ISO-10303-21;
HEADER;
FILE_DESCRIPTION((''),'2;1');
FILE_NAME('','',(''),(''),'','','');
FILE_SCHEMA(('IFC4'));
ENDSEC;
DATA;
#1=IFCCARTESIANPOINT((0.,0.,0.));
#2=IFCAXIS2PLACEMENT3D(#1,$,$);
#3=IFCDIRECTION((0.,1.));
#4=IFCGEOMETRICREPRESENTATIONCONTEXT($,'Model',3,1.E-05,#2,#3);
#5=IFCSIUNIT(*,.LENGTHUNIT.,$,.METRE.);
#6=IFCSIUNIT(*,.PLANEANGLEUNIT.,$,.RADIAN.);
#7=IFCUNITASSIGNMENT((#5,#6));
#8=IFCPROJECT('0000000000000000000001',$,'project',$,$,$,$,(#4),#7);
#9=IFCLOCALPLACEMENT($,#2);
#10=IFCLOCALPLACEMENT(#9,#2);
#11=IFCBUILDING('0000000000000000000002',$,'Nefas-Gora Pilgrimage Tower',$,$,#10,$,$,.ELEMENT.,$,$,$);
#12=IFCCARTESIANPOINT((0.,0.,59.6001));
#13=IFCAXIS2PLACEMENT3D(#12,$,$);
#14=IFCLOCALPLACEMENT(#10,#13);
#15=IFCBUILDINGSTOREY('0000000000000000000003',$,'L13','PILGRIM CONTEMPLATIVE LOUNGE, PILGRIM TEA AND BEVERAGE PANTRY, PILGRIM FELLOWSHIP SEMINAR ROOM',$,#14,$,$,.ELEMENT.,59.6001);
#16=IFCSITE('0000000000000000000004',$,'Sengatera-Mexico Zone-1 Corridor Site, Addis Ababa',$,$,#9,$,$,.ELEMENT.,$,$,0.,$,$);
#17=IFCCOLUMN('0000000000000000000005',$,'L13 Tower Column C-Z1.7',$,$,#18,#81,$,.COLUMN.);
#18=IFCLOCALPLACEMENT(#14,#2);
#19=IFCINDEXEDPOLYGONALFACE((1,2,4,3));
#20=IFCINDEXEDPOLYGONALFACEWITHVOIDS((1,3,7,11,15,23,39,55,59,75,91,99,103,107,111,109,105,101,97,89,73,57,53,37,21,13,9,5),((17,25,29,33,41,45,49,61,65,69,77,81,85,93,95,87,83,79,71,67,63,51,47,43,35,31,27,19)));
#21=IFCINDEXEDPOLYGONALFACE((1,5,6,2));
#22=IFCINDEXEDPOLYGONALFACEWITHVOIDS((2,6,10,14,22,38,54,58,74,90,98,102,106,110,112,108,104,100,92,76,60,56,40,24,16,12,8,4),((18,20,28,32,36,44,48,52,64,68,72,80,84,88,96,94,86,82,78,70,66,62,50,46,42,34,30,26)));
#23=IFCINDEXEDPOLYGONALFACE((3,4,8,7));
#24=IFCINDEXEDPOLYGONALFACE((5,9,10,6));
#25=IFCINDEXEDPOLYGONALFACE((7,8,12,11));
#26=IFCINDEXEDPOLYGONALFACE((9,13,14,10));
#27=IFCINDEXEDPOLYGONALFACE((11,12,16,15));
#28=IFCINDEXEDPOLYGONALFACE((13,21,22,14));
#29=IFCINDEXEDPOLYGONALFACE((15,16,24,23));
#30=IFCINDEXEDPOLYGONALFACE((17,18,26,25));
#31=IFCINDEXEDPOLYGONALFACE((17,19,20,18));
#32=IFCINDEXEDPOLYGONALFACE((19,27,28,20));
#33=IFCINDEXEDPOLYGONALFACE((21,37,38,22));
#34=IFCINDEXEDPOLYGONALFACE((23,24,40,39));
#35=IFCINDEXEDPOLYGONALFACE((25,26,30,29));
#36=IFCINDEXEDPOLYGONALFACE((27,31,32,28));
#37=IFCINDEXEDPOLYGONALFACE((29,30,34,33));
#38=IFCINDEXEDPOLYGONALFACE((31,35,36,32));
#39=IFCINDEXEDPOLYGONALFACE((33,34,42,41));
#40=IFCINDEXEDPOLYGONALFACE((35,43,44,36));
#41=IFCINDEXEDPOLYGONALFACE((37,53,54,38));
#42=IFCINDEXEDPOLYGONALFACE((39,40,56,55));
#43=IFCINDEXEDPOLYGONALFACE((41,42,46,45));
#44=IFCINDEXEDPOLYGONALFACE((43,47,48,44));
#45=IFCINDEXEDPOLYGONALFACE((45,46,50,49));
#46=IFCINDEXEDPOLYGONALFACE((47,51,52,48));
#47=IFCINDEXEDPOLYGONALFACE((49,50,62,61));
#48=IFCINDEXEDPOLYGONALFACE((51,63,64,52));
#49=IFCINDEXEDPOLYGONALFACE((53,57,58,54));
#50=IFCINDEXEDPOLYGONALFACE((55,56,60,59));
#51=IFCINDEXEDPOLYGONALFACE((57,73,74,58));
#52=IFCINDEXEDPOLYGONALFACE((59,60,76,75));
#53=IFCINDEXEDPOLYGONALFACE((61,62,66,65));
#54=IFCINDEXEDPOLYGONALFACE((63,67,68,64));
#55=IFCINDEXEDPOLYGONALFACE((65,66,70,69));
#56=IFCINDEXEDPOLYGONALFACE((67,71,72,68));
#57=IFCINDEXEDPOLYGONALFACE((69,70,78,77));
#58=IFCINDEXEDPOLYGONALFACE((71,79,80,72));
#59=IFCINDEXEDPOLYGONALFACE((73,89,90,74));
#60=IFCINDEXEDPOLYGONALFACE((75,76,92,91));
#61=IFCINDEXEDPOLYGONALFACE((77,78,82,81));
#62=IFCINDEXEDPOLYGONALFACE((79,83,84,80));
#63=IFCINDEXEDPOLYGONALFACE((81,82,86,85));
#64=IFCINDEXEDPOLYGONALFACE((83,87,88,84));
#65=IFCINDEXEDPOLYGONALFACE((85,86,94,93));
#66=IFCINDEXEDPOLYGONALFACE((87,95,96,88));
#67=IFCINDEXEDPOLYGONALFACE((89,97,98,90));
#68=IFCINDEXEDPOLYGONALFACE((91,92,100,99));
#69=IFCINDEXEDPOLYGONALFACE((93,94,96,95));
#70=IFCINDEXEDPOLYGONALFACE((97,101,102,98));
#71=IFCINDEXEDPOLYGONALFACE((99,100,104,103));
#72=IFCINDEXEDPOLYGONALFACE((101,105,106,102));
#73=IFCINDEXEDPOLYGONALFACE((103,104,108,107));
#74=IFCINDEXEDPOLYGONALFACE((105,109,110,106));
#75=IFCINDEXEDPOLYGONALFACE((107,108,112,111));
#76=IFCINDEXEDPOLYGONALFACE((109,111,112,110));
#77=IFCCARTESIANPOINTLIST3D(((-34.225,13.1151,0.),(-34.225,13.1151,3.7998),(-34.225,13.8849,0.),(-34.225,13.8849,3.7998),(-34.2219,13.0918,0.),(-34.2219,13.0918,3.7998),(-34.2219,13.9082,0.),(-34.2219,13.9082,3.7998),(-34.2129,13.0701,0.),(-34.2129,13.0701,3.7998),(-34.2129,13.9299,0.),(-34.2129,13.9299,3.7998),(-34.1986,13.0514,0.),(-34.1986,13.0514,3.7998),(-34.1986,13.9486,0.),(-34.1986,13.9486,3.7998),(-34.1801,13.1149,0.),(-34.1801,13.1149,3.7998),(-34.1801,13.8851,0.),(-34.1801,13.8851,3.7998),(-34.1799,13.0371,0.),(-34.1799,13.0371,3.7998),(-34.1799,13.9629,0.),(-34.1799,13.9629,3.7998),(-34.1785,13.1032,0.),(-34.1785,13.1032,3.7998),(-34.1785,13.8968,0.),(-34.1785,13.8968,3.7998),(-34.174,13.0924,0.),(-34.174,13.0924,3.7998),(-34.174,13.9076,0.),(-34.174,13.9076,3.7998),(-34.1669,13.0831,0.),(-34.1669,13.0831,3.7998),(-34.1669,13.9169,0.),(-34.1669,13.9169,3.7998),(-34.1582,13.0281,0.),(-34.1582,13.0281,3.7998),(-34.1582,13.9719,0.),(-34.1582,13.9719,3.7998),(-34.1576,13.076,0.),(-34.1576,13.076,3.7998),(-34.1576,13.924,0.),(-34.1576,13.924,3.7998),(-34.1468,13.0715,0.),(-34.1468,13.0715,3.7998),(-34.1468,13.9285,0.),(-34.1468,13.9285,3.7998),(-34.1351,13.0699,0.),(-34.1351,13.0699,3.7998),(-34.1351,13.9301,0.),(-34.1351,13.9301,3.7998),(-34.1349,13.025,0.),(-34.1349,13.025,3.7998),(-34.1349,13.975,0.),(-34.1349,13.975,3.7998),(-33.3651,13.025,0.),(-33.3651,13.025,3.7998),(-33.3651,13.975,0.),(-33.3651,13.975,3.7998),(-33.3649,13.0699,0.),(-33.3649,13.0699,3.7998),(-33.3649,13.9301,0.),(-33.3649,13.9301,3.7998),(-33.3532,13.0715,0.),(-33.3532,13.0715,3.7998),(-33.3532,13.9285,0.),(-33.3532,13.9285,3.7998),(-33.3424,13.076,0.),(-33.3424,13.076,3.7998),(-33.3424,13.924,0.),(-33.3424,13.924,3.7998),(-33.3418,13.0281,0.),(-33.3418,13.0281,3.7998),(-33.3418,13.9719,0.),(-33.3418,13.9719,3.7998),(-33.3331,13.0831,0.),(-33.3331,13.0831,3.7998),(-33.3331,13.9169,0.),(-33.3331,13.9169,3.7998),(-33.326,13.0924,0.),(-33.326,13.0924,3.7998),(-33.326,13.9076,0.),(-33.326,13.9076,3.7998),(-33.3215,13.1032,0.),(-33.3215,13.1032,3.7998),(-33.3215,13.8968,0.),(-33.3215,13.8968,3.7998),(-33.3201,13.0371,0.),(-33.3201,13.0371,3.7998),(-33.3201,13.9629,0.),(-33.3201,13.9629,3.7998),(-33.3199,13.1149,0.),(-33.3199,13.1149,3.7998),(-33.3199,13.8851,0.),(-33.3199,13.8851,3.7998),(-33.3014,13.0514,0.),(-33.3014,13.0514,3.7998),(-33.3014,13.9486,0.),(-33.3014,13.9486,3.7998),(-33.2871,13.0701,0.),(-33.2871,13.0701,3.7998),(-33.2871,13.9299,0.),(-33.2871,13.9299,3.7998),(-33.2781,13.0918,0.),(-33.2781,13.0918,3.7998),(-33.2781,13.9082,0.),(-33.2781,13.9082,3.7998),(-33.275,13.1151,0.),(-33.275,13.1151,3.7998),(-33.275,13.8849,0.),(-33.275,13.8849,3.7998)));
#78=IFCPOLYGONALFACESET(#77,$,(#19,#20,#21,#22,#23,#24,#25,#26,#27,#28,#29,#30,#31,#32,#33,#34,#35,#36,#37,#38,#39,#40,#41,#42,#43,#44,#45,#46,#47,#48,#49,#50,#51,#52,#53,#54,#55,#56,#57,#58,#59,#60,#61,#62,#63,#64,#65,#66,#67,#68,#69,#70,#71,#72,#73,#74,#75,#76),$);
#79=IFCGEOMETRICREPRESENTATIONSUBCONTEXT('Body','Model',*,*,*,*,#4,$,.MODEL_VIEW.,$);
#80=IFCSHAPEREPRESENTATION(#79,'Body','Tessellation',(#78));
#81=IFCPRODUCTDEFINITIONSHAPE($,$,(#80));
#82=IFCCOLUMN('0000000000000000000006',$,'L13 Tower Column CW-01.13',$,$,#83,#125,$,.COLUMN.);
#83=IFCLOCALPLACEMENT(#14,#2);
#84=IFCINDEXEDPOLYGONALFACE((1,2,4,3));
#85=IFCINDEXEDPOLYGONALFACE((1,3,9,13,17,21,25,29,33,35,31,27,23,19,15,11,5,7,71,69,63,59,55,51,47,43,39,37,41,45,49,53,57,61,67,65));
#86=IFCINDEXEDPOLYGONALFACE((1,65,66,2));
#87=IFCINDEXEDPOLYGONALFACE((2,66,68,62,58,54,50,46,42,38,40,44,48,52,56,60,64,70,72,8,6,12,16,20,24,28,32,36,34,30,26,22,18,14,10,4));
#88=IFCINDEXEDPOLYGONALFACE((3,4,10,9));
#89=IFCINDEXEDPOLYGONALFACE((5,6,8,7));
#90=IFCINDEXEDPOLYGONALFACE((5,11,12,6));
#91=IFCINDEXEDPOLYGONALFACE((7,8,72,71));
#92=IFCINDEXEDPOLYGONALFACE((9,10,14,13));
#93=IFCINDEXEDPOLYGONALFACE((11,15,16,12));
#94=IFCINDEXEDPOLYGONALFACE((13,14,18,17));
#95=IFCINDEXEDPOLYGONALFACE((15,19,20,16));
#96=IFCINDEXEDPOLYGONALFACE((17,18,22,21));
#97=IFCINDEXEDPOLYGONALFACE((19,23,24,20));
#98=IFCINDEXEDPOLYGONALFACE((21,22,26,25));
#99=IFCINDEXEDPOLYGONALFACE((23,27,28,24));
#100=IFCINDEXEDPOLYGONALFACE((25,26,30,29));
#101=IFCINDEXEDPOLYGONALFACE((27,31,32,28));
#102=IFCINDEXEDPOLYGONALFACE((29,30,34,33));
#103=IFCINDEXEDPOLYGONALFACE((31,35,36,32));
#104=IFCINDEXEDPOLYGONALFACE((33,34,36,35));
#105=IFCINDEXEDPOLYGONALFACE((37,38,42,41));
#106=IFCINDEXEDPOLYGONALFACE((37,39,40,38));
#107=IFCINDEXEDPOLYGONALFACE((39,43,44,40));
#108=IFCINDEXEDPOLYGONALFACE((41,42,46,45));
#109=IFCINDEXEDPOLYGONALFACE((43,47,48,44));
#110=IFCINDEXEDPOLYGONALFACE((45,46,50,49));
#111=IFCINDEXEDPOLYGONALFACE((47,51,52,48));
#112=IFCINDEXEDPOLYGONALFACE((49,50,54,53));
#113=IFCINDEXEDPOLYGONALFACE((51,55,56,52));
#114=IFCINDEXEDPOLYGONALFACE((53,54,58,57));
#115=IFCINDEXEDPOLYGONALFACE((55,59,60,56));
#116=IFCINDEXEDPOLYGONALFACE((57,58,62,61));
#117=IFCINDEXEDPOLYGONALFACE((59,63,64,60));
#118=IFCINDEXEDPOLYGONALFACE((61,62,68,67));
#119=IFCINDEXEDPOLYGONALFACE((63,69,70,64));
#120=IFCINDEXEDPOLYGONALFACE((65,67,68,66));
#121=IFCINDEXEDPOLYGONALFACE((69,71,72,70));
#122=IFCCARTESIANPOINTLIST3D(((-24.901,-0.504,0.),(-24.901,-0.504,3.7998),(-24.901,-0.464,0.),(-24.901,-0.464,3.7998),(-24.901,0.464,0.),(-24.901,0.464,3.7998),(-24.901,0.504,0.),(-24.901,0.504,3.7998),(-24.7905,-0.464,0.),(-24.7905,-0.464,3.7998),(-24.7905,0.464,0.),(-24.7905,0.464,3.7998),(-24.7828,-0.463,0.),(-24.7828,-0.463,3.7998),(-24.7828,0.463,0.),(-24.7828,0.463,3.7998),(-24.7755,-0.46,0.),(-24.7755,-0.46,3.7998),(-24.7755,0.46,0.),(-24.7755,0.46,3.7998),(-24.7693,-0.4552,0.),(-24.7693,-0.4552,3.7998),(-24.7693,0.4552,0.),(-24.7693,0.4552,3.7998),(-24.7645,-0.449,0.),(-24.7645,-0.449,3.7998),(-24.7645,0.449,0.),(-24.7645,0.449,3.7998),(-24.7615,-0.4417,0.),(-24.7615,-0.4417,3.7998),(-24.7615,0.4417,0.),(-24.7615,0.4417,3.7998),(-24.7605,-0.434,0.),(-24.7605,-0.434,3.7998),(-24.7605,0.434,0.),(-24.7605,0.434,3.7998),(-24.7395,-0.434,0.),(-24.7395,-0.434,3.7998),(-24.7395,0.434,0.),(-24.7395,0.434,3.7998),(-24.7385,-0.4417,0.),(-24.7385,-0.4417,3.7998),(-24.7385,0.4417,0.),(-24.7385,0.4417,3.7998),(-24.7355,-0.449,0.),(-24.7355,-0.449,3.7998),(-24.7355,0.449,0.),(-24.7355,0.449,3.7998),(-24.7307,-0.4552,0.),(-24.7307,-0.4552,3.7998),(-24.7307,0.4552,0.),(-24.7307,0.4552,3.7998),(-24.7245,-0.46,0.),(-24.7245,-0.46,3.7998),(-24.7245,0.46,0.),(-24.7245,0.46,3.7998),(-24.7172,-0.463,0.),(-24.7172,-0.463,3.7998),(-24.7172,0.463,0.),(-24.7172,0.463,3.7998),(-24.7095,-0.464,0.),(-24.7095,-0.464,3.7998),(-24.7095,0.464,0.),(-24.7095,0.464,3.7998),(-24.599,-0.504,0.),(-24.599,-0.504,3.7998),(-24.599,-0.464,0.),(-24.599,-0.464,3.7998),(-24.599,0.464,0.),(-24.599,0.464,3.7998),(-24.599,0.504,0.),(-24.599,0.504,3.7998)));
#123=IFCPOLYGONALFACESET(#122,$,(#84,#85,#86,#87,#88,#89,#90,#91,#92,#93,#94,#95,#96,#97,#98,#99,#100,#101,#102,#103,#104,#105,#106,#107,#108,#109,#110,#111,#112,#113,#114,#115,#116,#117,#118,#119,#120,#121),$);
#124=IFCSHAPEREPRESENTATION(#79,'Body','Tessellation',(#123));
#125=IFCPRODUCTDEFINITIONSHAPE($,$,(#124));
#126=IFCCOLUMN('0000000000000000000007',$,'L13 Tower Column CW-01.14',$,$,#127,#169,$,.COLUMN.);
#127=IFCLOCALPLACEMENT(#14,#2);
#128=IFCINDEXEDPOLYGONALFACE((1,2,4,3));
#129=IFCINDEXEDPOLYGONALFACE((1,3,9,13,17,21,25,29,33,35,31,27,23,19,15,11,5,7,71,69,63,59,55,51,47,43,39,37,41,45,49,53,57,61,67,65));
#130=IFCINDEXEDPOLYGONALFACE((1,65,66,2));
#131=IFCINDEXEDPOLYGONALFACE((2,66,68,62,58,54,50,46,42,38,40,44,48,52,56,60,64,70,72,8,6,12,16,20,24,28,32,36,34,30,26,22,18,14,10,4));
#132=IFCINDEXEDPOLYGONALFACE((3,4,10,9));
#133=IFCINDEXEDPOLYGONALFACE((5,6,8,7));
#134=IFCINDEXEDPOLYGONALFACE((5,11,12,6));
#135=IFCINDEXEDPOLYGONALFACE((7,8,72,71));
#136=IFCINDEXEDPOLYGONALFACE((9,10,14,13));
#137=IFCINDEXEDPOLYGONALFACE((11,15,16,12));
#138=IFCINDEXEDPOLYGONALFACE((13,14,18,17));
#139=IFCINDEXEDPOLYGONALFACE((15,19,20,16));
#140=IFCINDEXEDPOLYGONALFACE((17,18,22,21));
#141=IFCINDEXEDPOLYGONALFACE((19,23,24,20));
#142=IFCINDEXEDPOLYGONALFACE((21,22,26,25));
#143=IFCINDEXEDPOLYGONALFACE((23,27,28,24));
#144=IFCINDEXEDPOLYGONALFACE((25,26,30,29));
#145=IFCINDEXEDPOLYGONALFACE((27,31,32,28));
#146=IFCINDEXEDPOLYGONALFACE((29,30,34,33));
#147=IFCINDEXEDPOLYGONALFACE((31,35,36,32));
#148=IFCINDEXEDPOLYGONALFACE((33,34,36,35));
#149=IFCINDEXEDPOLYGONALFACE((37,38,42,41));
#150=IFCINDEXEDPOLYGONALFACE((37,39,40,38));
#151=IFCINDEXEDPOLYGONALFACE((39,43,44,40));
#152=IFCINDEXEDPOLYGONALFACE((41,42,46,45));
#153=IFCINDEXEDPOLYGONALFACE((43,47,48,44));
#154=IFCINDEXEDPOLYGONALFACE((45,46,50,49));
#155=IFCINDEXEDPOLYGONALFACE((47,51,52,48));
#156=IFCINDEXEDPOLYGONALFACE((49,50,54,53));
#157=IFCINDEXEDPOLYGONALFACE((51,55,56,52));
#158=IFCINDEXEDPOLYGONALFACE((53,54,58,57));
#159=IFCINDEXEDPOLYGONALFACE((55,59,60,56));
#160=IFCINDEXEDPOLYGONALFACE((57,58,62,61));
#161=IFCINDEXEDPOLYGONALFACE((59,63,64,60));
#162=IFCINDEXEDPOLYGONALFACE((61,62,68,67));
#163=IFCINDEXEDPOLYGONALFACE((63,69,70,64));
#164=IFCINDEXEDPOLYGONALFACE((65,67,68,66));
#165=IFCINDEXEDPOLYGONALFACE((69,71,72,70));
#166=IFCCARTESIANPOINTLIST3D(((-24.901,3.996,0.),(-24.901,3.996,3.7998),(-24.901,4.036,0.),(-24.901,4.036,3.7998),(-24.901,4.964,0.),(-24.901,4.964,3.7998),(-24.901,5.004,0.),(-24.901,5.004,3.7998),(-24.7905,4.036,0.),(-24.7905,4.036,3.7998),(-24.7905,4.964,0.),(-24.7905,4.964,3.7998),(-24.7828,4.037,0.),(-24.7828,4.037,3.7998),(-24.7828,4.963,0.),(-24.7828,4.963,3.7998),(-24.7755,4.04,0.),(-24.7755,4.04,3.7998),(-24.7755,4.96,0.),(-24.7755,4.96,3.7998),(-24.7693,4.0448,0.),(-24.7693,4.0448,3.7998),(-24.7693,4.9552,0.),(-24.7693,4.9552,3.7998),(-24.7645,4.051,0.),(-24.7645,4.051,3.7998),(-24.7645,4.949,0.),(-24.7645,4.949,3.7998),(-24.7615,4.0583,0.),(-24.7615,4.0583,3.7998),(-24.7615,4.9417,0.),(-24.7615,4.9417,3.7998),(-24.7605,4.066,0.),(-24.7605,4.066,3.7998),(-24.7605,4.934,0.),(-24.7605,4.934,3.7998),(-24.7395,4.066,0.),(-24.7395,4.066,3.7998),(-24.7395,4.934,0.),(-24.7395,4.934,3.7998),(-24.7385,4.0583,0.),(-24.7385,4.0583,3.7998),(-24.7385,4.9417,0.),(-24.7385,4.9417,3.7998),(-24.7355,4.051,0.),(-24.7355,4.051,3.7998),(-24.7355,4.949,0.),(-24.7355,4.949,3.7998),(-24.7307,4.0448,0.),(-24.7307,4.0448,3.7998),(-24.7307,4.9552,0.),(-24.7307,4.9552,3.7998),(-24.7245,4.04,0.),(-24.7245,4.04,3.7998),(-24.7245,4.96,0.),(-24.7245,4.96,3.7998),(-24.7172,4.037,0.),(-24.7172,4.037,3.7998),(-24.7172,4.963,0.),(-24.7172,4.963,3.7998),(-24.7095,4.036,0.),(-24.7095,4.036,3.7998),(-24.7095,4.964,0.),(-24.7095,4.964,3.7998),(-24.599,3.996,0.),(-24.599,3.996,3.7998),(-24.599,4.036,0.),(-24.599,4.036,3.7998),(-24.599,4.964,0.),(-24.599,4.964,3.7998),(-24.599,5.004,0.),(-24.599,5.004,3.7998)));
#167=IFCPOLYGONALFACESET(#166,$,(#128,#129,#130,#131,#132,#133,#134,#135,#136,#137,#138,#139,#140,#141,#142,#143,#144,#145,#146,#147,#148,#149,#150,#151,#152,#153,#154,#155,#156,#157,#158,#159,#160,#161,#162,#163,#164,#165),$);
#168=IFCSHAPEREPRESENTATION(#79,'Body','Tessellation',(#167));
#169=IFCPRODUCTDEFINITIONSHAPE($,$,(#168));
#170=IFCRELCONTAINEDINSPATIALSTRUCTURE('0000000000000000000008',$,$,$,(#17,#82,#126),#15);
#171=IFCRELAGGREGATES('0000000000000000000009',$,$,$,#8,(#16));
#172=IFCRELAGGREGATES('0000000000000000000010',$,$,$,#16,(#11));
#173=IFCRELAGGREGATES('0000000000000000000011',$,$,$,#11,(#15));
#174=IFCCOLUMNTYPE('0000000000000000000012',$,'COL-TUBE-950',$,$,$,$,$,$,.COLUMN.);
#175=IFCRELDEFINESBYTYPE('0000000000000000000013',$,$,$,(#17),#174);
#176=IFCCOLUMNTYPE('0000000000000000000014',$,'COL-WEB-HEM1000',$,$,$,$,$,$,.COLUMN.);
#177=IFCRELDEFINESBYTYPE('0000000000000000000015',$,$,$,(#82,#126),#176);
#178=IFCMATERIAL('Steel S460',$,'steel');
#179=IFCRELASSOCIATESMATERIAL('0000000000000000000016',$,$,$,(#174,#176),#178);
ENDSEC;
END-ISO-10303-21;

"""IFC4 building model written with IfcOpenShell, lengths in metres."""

from ifc_helpers import new_model, si_unit, direction, frame, origin, origin_2d, place, context, subcontext, project, spatial, hollow_rectangle, i_section, extrude, source, transform, mapped, material, material_profile, profile_set, type_object, element, save


model = new_model("IFC4")

# Units and contexts
model_context = context("Model", 3, precision=1e-05, world=origin(), true_north=direction((0.0, 1.0)))
body_context = subcontext(model_context, "Body", "Model", "MODEL_VIEW")
ifc_project = project(units=[si_unit("LENGTHUNIT", "METRE"), si_unit("PLANEANGLEUNIT", "RADIAN")], contexts=[model_context])

# Site, building, storey
site_placement = place(None, origin())
site = spatial("IfcSite", under=ifc_project, at=site_placement, Name="Sengatera-Mexico Zone-1 Corridor Site, Addis Ababa", CompositionType="ELEMENT", RefElevation=0.0)
building_placement = place(site_placement, origin())
building = spatial("IfcBuilding", under=site, at=building_placement, Name="Nefas-Gora Pilgrimage Tower", CompositionType="ELEMENT")
storey_placement = place(building_placement, frame((0.0, 0.0, 59.6001)))
storey = spatial("IfcBuildingStorey", under=building, at=storey_placement, Name="L13", Description="PILGRIM CONTEMPLATIVE LOUNGE, PILGRIM TEA AND BEVERAGE PANTRY, PILGRIM FELLOWSHIP SEMINAR ROOM", CompositionType="ELEMENT", Elevation=59.6001)

# Columns
ifc_material_1 = material(Name="Steel S460", Category="steel")
ifc_material_profile_1 = material_profile(ifc_material_1, hollow_rectangle(XDim=0.95, YDim=0.95, WallThickness=0.0449, InnerFilletRadius=0.0449, OuterFilletRadius=0.0901, at=origin_2d()), Name="BOX 950x950x45")
ifc_profile_set_1 = profile_set([ifc_material_profile_1], Name="Steel S460")
column_type_1 = type_object("IfcColumnType", Name="COL-TUBE-950", PredefinedType="COLUMN", material=ifc_profile_set_1)
shared_shape_1 = source(origin(), body_context, "Body", "SweptSolid", [
    extrude(hollow_rectangle(XDim=0.95, YDim=0.95, WallThickness=0.0449, InnerFilletRadius=0.0449, OuterFilletRadius=0.0901, at=origin_2d()), origin(), (0.0, 0.0, 1.0), 3.7998),
])
for number, where, z_axis, x_axis, name in (
    (1, (-33.75, 13.5, 0.0), (0.0, 0.0, 1.0), (1.0, 0.0, 0.0), "L13 Tower Column C-Z1.7"),
):
    element("IfcColumn", number, at=place(storey_placement, frame(where, z_axis=z_axis, x_axis=x_axis)), inside=storey, type_object=column_type_1, Name=name, PredefinedType="COLUMN", context=body_context, shape_type="MappedRepresentation", body=[
        mapped(shared_shape_1, transform((0.0, 0.0, 0.0), x_axis=(1.0, 0.0, 0.0), y_axis=(0.0, 1.0, 0.0), z_axis=(0.0, 0.0, 1.0), scale=1.0)),
    ])
ifc_material_profile_2 = material_profile(ifc_material_1, i_section(OverallWidth=0.302, OverallDepth=1.0081, WebThickness=0.021, FlangeThickness=0.04, FilletRadius=0.03, at=origin_2d()), Name="HEM 1000")
ifc_profile_set_2 = profile_set([ifc_material_profile_2], Name="Steel S460")
column_type_2 = type_object("IfcColumnType", Name="COL-WEB-HEM1000", PredefinedType="COLUMN", material=ifc_profile_set_2)
shared_shape_2 = source(origin(), body_context, "Body", "SweptSolid", [
    extrude(i_section(OverallWidth=0.302, OverallDepth=1.0081, WebThickness=0.021, FlangeThickness=0.04, FilletRadius=0.03, at=origin_2d()), origin(), (0.0, 0.0, 1.0), 3.7998),
])
for number, where, z_axis, x_axis, name in (
    (2, (-24.75, 0.0, 0.0), (0.0, 0.0, 1.0), (1.0, 0.0, 0.0), "L13 Tower Column CW-01.13"),
    (3, (-24.75, 4.5, 0.0), (0.0, 0.0, 1.0), (1.0, 0.0, 0.0), "L13 Tower Column CW-01.14"),
):
    element("IfcColumn", number, at=place(storey_placement, frame(where, z_axis=z_axis, x_axis=x_axis)), inside=storey, type_object=column_type_2, Name=name, PredefinedType="COLUMN", context=body_context, shape_type="MappedRepresentation", body=[
        mapped(shared_shape_2, transform((0.0, 0.0, 0.0), x_axis=(1.0, 0.0, 0.0), y_axis=(0.0, 1.0, 0.0), z_axis=(0.0, 0.0, 1.0), scale=1.0)),
    ])

save(model, "model.ifc")
